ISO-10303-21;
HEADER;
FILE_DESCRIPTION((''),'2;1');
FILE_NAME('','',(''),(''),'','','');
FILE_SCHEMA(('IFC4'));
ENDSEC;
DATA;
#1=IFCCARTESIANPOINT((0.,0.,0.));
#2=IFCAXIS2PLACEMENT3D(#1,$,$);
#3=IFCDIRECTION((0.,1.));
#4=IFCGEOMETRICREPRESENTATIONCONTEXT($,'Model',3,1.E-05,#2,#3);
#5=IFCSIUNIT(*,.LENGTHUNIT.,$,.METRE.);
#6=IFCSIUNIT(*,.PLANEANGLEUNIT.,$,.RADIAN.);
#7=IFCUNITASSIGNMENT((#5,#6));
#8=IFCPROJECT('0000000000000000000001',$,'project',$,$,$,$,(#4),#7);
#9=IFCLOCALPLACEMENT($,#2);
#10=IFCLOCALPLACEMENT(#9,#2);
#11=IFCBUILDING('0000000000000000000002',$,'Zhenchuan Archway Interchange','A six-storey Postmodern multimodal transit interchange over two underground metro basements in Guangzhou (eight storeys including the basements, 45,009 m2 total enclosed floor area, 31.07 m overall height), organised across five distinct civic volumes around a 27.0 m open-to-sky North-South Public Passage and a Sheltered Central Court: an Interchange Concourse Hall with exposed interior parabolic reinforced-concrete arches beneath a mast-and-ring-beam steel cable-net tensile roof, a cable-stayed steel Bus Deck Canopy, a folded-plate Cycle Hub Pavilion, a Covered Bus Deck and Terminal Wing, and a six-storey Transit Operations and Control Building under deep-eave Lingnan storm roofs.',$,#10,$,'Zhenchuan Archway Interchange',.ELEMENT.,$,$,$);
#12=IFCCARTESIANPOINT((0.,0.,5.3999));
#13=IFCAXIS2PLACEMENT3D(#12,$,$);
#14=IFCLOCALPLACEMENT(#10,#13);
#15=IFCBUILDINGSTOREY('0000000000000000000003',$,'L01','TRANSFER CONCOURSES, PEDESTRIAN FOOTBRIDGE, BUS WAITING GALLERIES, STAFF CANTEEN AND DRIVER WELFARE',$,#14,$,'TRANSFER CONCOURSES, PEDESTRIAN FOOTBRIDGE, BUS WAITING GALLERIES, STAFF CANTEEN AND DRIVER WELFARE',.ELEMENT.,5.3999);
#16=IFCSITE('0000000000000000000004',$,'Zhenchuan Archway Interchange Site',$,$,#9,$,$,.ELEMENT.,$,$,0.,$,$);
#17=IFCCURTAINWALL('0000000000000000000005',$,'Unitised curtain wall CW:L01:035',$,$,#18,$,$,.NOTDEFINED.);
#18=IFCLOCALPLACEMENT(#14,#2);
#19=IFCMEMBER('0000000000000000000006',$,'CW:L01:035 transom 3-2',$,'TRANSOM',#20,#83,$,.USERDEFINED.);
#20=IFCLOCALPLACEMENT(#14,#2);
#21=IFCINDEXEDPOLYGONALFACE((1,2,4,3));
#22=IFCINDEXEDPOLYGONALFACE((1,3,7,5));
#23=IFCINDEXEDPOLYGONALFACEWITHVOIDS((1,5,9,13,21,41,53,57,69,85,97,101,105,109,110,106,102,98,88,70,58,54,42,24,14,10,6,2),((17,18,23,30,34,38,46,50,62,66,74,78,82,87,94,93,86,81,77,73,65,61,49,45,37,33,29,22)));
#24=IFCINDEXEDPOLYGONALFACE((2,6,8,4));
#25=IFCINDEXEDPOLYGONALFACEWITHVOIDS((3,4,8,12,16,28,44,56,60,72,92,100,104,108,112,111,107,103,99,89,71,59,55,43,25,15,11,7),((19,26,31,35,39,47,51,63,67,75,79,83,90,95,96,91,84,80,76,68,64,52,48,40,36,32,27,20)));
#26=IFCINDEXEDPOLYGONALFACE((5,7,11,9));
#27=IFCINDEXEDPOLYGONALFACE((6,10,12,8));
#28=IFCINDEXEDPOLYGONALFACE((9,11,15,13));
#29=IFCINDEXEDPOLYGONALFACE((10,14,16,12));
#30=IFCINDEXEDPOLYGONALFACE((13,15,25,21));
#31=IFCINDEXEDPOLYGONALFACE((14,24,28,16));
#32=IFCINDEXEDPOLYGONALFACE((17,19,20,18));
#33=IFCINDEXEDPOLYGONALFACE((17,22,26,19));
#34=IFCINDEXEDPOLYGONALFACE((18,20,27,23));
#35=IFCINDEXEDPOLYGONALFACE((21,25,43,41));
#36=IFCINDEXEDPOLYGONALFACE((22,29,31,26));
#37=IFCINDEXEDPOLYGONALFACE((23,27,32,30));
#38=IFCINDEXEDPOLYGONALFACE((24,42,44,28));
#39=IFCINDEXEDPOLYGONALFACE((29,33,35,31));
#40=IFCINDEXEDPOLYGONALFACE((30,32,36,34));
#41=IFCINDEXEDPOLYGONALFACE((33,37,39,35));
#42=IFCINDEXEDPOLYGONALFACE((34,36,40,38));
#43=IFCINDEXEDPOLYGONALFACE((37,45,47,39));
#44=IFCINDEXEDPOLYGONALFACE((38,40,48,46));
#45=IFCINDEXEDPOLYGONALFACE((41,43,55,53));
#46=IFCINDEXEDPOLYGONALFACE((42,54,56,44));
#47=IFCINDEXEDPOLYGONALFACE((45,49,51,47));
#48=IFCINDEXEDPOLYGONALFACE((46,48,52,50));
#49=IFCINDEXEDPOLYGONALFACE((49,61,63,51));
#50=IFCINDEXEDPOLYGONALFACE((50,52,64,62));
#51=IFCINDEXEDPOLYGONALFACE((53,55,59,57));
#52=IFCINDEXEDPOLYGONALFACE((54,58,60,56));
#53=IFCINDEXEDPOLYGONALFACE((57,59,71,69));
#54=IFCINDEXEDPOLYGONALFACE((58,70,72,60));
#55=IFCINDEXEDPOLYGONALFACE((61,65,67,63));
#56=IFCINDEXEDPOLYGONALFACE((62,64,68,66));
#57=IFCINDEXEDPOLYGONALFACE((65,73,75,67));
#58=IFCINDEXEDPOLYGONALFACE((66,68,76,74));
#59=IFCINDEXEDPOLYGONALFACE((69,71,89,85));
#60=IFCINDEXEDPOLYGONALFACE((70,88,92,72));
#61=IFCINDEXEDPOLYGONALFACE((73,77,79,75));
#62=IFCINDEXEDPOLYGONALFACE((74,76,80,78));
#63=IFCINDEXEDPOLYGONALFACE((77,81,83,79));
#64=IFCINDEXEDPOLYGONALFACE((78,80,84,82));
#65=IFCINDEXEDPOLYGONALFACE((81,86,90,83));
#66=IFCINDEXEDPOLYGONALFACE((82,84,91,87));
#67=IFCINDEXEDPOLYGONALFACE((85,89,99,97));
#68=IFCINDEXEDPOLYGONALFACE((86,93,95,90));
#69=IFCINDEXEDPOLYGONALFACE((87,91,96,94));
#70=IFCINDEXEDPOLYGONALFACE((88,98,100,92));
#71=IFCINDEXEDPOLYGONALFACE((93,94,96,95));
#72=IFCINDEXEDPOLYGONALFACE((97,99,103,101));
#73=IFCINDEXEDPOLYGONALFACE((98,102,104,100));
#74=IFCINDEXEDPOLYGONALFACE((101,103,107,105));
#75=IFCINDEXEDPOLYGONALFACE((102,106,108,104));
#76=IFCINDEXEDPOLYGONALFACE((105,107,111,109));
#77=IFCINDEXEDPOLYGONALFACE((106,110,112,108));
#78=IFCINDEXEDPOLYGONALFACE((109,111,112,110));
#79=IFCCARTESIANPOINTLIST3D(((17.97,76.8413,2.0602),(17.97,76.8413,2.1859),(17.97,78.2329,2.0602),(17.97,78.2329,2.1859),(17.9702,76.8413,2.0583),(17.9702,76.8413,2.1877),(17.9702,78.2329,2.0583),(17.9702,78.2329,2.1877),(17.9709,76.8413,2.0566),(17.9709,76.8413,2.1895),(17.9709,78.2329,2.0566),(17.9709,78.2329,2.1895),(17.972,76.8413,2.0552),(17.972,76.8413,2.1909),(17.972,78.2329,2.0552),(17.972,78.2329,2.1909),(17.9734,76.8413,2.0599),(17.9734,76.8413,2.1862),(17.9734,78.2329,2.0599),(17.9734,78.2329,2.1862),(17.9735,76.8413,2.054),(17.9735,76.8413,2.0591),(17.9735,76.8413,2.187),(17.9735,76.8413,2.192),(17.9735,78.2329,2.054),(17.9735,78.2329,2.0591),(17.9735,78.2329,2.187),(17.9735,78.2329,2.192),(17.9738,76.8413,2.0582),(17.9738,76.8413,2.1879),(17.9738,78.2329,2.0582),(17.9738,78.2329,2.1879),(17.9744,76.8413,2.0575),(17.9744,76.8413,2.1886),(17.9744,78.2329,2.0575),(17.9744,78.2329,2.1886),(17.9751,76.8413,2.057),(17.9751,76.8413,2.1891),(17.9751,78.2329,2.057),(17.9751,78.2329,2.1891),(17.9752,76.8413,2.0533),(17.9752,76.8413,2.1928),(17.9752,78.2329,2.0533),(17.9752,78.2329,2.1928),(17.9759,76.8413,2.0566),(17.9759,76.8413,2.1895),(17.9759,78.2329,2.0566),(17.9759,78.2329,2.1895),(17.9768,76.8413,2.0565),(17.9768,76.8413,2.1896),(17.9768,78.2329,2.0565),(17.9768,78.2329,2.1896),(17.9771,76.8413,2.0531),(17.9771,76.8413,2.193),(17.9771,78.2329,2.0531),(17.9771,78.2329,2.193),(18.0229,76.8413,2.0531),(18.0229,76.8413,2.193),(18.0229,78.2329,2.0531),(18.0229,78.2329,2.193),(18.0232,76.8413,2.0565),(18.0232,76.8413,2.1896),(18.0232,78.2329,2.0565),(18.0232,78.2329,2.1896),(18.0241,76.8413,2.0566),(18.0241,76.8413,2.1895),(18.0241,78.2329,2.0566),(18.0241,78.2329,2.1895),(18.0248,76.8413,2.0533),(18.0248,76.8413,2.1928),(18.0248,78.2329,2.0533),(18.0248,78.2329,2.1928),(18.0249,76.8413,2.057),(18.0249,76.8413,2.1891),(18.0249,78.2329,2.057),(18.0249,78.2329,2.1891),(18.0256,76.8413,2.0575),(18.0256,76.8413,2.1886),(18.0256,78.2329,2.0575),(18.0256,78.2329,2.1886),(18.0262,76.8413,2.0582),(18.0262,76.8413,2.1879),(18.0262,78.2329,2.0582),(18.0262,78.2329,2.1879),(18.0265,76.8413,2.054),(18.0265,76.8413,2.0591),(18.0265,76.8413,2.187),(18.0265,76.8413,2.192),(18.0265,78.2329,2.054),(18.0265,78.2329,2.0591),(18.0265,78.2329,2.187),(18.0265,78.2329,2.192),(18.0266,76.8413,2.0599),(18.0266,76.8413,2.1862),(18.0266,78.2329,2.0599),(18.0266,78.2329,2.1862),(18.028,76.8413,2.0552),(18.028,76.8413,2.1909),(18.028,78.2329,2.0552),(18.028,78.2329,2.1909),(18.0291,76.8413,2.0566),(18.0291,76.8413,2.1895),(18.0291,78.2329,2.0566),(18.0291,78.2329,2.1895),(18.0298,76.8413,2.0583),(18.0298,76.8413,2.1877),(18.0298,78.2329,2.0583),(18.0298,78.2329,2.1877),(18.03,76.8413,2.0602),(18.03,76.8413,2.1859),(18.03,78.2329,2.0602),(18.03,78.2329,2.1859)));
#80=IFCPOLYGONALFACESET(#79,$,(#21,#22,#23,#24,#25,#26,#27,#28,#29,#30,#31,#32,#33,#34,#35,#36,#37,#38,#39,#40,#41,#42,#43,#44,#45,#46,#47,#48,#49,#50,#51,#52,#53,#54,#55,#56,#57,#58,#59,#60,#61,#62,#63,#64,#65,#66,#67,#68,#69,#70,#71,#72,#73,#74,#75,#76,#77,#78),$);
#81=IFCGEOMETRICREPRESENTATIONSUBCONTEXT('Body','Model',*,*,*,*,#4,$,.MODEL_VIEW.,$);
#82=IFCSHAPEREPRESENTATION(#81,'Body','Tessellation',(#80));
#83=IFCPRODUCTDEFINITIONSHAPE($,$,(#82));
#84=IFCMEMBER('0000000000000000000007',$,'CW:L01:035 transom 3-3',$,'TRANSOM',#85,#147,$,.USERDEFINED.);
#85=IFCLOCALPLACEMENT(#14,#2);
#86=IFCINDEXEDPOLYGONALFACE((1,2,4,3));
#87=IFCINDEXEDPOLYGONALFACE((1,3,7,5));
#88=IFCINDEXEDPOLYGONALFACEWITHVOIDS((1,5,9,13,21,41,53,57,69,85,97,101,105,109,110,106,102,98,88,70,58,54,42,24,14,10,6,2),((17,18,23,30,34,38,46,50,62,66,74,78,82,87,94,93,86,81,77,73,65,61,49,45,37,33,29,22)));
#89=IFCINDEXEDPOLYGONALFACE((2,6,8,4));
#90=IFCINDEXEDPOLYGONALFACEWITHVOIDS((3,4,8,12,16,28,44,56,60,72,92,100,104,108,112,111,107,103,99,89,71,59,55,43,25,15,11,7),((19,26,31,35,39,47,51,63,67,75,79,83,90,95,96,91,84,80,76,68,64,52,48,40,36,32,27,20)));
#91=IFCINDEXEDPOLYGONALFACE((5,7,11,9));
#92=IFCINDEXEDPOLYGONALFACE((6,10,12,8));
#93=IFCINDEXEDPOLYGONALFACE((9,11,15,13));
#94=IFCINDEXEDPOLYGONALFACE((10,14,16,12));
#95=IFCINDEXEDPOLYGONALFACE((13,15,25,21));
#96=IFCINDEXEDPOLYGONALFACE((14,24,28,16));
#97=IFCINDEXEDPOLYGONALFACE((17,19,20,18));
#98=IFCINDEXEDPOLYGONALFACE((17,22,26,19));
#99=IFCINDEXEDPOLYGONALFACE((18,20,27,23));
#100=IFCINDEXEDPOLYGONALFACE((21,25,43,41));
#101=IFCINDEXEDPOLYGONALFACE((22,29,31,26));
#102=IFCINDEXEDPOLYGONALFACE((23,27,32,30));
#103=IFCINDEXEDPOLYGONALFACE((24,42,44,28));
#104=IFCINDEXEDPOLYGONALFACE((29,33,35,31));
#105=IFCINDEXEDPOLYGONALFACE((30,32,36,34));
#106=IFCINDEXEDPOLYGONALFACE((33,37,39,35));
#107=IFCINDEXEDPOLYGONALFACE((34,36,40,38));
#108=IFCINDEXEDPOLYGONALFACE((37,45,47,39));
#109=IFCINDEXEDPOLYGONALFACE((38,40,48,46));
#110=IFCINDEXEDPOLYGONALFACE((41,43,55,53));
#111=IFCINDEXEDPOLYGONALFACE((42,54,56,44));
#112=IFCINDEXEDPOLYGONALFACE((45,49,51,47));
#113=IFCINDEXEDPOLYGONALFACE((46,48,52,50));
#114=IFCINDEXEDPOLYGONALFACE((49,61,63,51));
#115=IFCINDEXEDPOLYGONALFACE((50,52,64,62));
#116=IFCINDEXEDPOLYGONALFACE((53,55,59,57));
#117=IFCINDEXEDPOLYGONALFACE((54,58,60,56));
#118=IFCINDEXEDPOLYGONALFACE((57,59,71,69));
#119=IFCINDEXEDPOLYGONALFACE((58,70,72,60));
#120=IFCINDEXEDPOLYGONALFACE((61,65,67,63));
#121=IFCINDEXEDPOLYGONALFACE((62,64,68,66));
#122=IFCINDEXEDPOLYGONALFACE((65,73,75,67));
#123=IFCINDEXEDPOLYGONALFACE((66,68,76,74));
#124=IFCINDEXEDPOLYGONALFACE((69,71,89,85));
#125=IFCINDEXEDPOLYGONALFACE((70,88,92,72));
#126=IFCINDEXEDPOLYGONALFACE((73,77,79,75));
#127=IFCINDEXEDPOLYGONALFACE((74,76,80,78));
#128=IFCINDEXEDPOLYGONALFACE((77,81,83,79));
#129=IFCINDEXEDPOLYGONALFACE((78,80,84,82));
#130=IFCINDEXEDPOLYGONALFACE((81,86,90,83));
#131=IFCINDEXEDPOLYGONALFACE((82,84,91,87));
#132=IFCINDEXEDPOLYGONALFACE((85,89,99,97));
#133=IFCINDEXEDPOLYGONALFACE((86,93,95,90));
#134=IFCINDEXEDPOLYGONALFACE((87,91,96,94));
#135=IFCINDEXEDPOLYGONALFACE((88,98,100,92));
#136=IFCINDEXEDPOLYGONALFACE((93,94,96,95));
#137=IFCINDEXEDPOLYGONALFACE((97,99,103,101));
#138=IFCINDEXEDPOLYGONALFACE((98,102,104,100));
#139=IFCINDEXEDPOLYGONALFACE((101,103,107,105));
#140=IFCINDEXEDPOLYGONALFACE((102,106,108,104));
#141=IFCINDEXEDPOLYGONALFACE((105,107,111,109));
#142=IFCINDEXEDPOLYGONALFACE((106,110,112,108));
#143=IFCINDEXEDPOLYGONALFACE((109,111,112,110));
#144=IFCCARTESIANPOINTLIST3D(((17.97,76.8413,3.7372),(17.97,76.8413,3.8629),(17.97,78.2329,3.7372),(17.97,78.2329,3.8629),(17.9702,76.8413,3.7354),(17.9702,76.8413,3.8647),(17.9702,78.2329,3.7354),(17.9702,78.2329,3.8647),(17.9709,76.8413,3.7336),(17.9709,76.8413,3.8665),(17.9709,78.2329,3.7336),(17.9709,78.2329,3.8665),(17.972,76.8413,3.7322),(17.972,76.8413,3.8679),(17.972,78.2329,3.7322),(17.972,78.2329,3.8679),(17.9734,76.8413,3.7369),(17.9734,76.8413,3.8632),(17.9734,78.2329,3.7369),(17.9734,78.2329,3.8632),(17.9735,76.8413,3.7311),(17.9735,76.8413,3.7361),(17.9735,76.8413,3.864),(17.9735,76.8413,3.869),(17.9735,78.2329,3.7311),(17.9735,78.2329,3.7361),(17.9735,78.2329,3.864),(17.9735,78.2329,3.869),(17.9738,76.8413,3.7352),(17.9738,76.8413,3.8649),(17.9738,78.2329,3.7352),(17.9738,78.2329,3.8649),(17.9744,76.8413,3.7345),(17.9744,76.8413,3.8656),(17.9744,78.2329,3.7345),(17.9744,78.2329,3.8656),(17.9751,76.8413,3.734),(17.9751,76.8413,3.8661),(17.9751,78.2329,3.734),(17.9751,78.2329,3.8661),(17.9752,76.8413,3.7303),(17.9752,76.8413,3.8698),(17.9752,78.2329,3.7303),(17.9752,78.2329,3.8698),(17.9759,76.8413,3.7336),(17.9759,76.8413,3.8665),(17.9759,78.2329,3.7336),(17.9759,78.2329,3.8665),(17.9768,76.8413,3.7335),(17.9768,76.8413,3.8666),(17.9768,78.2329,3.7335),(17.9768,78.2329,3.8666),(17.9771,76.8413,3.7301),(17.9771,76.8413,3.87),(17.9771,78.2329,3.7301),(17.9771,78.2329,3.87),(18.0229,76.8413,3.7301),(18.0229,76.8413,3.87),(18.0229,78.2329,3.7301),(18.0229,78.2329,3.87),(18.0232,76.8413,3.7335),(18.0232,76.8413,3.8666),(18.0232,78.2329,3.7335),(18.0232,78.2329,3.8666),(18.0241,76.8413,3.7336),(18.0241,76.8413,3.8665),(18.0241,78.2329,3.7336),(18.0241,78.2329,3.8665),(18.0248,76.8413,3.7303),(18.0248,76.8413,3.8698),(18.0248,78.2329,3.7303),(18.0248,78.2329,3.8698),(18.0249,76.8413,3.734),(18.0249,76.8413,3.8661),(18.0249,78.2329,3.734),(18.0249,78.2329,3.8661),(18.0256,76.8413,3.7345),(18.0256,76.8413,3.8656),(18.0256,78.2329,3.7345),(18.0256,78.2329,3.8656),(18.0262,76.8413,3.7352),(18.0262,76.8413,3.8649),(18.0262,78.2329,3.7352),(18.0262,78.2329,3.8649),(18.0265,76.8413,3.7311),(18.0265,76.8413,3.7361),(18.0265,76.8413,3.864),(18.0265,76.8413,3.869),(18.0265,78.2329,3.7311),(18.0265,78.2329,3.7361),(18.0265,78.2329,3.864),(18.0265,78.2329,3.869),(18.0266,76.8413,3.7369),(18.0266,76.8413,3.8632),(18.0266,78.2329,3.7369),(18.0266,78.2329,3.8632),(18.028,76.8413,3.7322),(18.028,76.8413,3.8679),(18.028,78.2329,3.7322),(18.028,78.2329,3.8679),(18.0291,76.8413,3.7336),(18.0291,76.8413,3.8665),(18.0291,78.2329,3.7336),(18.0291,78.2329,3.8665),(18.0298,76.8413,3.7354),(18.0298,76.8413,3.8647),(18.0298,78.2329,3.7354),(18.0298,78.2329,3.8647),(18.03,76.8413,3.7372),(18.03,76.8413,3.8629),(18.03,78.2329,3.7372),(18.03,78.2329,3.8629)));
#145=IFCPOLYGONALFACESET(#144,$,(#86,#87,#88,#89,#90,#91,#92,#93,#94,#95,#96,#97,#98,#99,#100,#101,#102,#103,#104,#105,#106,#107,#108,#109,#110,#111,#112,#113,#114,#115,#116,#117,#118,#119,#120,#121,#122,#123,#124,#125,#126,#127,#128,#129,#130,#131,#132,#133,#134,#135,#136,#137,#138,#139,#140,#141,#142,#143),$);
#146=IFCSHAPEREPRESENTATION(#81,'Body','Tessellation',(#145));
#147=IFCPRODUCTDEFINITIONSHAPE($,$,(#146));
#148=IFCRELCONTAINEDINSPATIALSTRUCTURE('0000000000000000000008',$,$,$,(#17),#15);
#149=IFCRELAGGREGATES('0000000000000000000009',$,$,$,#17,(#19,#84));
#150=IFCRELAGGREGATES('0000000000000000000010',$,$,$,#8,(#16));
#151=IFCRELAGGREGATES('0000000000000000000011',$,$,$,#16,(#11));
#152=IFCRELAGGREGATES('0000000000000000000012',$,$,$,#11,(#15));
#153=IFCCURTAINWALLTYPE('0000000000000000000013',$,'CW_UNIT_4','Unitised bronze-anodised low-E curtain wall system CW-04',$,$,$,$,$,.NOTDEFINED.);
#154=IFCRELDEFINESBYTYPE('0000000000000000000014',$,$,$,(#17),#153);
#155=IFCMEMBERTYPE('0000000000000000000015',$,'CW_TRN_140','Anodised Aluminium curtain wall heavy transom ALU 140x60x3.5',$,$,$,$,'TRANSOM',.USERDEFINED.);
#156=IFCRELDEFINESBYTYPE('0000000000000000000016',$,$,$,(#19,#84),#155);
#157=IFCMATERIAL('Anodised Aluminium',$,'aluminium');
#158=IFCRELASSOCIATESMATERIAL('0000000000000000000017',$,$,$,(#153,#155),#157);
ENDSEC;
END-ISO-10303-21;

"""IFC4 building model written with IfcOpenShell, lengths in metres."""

from ifc_helpers import new_model, si_unit, direction, frame, origin, origin_2d, place, context, subcontext, project, spatial, hollow_rectangle, extrude, material, material_profile, profile_set, type_object, element, aggregate, save


model = new_model("IFC4")

# Units and contexts
model_context = context("Model", 3, precision=1e-05, world=origin(), true_north=direction((0.0, 1.0)))
body_context = subcontext(model_context, "Body", "Model", "MODEL_VIEW")
ifc_project = project(units=[si_unit("LENGTHUNIT", "METRE"), si_unit("PLANEANGLEUNIT", "RADIAN")], contexts=[model_context])

# Site, building, storey
site_placement = place(None, origin())
site = spatial("IfcSite", under=ifc_project, at=site_placement, Name="Zhenchuan Archway Interchange Site", CompositionType="ELEMENT", RefElevation=0.0)
building_placement = place(site_placement, origin())
building = spatial("IfcBuilding", under=site, at=building_placement, Name="Zhenchuan Archway Interchange", Description="A six-storey Postmodern multimodal transit interchange over two underground metro basements in Guangzhou (eight storeys including the basements, 45,009 m2 total enclosed floor area, 31.07 m overall height), organised across five distinct civic volumes around a 27.0 m open-to-sky North-South Public Passage and a Sheltered Central Court: an Interchange Concourse Hall with exposed interior parabolic reinforced-concrete arches beneath a mast-and-ring-beam steel cable-net tensile roof, a cable-stayed steel Bus Deck Canopy, a folded-plate Cycle Hub Pavilion, a Covered Bus Deck and Terminal Wing, and a six-storey Transit Operations and Control Building under deep-eave Lingnan storm roofs.", LongName="Zhenchuan Archway Interchange", CompositionType="ELEMENT")
storey_placement = place(building_placement, frame((0.0, 0.0, 5.3999)))
storey = spatial("IfcBuildingStorey", under=building, at=storey_placement, Name="L01", Description="TRANSFER CONCOURSES, PEDESTRIAN FOOTBRIDGE, BUS WAITING GALLERIES, STAFF CANTEEN AND DRIVER WELFARE", LongName="TRANSFER CONCOURSES, PEDESTRIAN FOOTBRIDGE, BUS WAITING GALLERIES, STAFF CANTEEN AND DRIVER WELFARE", CompositionType="ELEMENT", Elevation=5.3999)

# Curtain wall, members
ifc_material_1 = material(Name="Anodised Aluminium", Category="aluminium")
curtain_wall_type = type_object("IfcCurtainWallType", Name="CW_UNIT_4", Description="Unitised bronze-anodised low-E curtain wall system CW-04", PredefinedType="NOTDEFINED", material=ifc_material_1)
curtain_wall_placement = place(storey_placement, origin())
curtain_wall = element("IfcCurtainWall", 1, at=curtain_wall_placement, inside=storey, type_object=curtain_wall_type, Name="Unitised curtain wall CW:L01:035", PredefinedType="NOTDEFINED")
ifc_material_profile_1 = material_profile(ifc_material_1, hollow_rectangle(XDim=0.0601, YDim=0.1399, WallThickness=0.0034, InnerFilletRadius=0.0034, OuterFilletRadius=0.0071, at=origin_2d()), Name="ALU 140x60x3.5")
ifc_profile_set_1 = profile_set([ifc_material_profile_1], Name="Anodised Aluminium")
member_type_1 = type_object("IfcMemberType", Name="CW_TRN_140", Description="Anodised Aluminium curtain wall heavy transom ALU 140x60x3.5", ElementType="TRANSOM", PredefinedType="USERDEFINED", material=ifc_profile_set_1)
member_1_placement = place(storey_placement, frame((18.0, 76.8413, 2.123), z_axis=(0.0, 1.0, 0.0), x_axis=(-1.0, 0.0, 0.0)))
member_1 = element("IfcMember", 2, at=member_1_placement, type_object=member_type_1, Name="CW:L01:035 transom 3-2", ObjectType="TRANSOM", PredefinedType="USERDEFINED", context=body_context, shape_type="SweptSolid", body=[
    extrude(hollow_rectangle(XDim=0.0601, YDim=0.1399, WallThickness=0.0034, InnerFilletRadius=0.0034, OuterFilletRadius=0.0071, at=origin_2d()), origin(), (0.0, 0.0, 1.0), 1.3916),
])
member_2_placement = place(storey_placement, frame((18.0, 76.8413, 3.8), z_axis=(0.0, 1.0, 0.0), x_axis=(-1.0, 0.0, 0.0)))
member_2 = element("IfcMember", 3, at=member_2_placement, type_object=member_type_1, Name="CW:L01:035 transom 3-3", ObjectType="TRANSOM", PredefinedType="USERDEFINED", context=body_context, shape_type="SweptSolid", body=[
    extrude(hollow_rectangle(XDim=0.0601, YDim=0.1399, WallThickness=0.0034, InnerFilletRadius=0.0034, OuterFilletRadius=0.0071, at=origin_2d()), origin(), (0.0, 0.0, 1.0), 1.3916),
])
aggregate(curtain_wall, [member_1, member_2])

save(model, "model.ifc")
